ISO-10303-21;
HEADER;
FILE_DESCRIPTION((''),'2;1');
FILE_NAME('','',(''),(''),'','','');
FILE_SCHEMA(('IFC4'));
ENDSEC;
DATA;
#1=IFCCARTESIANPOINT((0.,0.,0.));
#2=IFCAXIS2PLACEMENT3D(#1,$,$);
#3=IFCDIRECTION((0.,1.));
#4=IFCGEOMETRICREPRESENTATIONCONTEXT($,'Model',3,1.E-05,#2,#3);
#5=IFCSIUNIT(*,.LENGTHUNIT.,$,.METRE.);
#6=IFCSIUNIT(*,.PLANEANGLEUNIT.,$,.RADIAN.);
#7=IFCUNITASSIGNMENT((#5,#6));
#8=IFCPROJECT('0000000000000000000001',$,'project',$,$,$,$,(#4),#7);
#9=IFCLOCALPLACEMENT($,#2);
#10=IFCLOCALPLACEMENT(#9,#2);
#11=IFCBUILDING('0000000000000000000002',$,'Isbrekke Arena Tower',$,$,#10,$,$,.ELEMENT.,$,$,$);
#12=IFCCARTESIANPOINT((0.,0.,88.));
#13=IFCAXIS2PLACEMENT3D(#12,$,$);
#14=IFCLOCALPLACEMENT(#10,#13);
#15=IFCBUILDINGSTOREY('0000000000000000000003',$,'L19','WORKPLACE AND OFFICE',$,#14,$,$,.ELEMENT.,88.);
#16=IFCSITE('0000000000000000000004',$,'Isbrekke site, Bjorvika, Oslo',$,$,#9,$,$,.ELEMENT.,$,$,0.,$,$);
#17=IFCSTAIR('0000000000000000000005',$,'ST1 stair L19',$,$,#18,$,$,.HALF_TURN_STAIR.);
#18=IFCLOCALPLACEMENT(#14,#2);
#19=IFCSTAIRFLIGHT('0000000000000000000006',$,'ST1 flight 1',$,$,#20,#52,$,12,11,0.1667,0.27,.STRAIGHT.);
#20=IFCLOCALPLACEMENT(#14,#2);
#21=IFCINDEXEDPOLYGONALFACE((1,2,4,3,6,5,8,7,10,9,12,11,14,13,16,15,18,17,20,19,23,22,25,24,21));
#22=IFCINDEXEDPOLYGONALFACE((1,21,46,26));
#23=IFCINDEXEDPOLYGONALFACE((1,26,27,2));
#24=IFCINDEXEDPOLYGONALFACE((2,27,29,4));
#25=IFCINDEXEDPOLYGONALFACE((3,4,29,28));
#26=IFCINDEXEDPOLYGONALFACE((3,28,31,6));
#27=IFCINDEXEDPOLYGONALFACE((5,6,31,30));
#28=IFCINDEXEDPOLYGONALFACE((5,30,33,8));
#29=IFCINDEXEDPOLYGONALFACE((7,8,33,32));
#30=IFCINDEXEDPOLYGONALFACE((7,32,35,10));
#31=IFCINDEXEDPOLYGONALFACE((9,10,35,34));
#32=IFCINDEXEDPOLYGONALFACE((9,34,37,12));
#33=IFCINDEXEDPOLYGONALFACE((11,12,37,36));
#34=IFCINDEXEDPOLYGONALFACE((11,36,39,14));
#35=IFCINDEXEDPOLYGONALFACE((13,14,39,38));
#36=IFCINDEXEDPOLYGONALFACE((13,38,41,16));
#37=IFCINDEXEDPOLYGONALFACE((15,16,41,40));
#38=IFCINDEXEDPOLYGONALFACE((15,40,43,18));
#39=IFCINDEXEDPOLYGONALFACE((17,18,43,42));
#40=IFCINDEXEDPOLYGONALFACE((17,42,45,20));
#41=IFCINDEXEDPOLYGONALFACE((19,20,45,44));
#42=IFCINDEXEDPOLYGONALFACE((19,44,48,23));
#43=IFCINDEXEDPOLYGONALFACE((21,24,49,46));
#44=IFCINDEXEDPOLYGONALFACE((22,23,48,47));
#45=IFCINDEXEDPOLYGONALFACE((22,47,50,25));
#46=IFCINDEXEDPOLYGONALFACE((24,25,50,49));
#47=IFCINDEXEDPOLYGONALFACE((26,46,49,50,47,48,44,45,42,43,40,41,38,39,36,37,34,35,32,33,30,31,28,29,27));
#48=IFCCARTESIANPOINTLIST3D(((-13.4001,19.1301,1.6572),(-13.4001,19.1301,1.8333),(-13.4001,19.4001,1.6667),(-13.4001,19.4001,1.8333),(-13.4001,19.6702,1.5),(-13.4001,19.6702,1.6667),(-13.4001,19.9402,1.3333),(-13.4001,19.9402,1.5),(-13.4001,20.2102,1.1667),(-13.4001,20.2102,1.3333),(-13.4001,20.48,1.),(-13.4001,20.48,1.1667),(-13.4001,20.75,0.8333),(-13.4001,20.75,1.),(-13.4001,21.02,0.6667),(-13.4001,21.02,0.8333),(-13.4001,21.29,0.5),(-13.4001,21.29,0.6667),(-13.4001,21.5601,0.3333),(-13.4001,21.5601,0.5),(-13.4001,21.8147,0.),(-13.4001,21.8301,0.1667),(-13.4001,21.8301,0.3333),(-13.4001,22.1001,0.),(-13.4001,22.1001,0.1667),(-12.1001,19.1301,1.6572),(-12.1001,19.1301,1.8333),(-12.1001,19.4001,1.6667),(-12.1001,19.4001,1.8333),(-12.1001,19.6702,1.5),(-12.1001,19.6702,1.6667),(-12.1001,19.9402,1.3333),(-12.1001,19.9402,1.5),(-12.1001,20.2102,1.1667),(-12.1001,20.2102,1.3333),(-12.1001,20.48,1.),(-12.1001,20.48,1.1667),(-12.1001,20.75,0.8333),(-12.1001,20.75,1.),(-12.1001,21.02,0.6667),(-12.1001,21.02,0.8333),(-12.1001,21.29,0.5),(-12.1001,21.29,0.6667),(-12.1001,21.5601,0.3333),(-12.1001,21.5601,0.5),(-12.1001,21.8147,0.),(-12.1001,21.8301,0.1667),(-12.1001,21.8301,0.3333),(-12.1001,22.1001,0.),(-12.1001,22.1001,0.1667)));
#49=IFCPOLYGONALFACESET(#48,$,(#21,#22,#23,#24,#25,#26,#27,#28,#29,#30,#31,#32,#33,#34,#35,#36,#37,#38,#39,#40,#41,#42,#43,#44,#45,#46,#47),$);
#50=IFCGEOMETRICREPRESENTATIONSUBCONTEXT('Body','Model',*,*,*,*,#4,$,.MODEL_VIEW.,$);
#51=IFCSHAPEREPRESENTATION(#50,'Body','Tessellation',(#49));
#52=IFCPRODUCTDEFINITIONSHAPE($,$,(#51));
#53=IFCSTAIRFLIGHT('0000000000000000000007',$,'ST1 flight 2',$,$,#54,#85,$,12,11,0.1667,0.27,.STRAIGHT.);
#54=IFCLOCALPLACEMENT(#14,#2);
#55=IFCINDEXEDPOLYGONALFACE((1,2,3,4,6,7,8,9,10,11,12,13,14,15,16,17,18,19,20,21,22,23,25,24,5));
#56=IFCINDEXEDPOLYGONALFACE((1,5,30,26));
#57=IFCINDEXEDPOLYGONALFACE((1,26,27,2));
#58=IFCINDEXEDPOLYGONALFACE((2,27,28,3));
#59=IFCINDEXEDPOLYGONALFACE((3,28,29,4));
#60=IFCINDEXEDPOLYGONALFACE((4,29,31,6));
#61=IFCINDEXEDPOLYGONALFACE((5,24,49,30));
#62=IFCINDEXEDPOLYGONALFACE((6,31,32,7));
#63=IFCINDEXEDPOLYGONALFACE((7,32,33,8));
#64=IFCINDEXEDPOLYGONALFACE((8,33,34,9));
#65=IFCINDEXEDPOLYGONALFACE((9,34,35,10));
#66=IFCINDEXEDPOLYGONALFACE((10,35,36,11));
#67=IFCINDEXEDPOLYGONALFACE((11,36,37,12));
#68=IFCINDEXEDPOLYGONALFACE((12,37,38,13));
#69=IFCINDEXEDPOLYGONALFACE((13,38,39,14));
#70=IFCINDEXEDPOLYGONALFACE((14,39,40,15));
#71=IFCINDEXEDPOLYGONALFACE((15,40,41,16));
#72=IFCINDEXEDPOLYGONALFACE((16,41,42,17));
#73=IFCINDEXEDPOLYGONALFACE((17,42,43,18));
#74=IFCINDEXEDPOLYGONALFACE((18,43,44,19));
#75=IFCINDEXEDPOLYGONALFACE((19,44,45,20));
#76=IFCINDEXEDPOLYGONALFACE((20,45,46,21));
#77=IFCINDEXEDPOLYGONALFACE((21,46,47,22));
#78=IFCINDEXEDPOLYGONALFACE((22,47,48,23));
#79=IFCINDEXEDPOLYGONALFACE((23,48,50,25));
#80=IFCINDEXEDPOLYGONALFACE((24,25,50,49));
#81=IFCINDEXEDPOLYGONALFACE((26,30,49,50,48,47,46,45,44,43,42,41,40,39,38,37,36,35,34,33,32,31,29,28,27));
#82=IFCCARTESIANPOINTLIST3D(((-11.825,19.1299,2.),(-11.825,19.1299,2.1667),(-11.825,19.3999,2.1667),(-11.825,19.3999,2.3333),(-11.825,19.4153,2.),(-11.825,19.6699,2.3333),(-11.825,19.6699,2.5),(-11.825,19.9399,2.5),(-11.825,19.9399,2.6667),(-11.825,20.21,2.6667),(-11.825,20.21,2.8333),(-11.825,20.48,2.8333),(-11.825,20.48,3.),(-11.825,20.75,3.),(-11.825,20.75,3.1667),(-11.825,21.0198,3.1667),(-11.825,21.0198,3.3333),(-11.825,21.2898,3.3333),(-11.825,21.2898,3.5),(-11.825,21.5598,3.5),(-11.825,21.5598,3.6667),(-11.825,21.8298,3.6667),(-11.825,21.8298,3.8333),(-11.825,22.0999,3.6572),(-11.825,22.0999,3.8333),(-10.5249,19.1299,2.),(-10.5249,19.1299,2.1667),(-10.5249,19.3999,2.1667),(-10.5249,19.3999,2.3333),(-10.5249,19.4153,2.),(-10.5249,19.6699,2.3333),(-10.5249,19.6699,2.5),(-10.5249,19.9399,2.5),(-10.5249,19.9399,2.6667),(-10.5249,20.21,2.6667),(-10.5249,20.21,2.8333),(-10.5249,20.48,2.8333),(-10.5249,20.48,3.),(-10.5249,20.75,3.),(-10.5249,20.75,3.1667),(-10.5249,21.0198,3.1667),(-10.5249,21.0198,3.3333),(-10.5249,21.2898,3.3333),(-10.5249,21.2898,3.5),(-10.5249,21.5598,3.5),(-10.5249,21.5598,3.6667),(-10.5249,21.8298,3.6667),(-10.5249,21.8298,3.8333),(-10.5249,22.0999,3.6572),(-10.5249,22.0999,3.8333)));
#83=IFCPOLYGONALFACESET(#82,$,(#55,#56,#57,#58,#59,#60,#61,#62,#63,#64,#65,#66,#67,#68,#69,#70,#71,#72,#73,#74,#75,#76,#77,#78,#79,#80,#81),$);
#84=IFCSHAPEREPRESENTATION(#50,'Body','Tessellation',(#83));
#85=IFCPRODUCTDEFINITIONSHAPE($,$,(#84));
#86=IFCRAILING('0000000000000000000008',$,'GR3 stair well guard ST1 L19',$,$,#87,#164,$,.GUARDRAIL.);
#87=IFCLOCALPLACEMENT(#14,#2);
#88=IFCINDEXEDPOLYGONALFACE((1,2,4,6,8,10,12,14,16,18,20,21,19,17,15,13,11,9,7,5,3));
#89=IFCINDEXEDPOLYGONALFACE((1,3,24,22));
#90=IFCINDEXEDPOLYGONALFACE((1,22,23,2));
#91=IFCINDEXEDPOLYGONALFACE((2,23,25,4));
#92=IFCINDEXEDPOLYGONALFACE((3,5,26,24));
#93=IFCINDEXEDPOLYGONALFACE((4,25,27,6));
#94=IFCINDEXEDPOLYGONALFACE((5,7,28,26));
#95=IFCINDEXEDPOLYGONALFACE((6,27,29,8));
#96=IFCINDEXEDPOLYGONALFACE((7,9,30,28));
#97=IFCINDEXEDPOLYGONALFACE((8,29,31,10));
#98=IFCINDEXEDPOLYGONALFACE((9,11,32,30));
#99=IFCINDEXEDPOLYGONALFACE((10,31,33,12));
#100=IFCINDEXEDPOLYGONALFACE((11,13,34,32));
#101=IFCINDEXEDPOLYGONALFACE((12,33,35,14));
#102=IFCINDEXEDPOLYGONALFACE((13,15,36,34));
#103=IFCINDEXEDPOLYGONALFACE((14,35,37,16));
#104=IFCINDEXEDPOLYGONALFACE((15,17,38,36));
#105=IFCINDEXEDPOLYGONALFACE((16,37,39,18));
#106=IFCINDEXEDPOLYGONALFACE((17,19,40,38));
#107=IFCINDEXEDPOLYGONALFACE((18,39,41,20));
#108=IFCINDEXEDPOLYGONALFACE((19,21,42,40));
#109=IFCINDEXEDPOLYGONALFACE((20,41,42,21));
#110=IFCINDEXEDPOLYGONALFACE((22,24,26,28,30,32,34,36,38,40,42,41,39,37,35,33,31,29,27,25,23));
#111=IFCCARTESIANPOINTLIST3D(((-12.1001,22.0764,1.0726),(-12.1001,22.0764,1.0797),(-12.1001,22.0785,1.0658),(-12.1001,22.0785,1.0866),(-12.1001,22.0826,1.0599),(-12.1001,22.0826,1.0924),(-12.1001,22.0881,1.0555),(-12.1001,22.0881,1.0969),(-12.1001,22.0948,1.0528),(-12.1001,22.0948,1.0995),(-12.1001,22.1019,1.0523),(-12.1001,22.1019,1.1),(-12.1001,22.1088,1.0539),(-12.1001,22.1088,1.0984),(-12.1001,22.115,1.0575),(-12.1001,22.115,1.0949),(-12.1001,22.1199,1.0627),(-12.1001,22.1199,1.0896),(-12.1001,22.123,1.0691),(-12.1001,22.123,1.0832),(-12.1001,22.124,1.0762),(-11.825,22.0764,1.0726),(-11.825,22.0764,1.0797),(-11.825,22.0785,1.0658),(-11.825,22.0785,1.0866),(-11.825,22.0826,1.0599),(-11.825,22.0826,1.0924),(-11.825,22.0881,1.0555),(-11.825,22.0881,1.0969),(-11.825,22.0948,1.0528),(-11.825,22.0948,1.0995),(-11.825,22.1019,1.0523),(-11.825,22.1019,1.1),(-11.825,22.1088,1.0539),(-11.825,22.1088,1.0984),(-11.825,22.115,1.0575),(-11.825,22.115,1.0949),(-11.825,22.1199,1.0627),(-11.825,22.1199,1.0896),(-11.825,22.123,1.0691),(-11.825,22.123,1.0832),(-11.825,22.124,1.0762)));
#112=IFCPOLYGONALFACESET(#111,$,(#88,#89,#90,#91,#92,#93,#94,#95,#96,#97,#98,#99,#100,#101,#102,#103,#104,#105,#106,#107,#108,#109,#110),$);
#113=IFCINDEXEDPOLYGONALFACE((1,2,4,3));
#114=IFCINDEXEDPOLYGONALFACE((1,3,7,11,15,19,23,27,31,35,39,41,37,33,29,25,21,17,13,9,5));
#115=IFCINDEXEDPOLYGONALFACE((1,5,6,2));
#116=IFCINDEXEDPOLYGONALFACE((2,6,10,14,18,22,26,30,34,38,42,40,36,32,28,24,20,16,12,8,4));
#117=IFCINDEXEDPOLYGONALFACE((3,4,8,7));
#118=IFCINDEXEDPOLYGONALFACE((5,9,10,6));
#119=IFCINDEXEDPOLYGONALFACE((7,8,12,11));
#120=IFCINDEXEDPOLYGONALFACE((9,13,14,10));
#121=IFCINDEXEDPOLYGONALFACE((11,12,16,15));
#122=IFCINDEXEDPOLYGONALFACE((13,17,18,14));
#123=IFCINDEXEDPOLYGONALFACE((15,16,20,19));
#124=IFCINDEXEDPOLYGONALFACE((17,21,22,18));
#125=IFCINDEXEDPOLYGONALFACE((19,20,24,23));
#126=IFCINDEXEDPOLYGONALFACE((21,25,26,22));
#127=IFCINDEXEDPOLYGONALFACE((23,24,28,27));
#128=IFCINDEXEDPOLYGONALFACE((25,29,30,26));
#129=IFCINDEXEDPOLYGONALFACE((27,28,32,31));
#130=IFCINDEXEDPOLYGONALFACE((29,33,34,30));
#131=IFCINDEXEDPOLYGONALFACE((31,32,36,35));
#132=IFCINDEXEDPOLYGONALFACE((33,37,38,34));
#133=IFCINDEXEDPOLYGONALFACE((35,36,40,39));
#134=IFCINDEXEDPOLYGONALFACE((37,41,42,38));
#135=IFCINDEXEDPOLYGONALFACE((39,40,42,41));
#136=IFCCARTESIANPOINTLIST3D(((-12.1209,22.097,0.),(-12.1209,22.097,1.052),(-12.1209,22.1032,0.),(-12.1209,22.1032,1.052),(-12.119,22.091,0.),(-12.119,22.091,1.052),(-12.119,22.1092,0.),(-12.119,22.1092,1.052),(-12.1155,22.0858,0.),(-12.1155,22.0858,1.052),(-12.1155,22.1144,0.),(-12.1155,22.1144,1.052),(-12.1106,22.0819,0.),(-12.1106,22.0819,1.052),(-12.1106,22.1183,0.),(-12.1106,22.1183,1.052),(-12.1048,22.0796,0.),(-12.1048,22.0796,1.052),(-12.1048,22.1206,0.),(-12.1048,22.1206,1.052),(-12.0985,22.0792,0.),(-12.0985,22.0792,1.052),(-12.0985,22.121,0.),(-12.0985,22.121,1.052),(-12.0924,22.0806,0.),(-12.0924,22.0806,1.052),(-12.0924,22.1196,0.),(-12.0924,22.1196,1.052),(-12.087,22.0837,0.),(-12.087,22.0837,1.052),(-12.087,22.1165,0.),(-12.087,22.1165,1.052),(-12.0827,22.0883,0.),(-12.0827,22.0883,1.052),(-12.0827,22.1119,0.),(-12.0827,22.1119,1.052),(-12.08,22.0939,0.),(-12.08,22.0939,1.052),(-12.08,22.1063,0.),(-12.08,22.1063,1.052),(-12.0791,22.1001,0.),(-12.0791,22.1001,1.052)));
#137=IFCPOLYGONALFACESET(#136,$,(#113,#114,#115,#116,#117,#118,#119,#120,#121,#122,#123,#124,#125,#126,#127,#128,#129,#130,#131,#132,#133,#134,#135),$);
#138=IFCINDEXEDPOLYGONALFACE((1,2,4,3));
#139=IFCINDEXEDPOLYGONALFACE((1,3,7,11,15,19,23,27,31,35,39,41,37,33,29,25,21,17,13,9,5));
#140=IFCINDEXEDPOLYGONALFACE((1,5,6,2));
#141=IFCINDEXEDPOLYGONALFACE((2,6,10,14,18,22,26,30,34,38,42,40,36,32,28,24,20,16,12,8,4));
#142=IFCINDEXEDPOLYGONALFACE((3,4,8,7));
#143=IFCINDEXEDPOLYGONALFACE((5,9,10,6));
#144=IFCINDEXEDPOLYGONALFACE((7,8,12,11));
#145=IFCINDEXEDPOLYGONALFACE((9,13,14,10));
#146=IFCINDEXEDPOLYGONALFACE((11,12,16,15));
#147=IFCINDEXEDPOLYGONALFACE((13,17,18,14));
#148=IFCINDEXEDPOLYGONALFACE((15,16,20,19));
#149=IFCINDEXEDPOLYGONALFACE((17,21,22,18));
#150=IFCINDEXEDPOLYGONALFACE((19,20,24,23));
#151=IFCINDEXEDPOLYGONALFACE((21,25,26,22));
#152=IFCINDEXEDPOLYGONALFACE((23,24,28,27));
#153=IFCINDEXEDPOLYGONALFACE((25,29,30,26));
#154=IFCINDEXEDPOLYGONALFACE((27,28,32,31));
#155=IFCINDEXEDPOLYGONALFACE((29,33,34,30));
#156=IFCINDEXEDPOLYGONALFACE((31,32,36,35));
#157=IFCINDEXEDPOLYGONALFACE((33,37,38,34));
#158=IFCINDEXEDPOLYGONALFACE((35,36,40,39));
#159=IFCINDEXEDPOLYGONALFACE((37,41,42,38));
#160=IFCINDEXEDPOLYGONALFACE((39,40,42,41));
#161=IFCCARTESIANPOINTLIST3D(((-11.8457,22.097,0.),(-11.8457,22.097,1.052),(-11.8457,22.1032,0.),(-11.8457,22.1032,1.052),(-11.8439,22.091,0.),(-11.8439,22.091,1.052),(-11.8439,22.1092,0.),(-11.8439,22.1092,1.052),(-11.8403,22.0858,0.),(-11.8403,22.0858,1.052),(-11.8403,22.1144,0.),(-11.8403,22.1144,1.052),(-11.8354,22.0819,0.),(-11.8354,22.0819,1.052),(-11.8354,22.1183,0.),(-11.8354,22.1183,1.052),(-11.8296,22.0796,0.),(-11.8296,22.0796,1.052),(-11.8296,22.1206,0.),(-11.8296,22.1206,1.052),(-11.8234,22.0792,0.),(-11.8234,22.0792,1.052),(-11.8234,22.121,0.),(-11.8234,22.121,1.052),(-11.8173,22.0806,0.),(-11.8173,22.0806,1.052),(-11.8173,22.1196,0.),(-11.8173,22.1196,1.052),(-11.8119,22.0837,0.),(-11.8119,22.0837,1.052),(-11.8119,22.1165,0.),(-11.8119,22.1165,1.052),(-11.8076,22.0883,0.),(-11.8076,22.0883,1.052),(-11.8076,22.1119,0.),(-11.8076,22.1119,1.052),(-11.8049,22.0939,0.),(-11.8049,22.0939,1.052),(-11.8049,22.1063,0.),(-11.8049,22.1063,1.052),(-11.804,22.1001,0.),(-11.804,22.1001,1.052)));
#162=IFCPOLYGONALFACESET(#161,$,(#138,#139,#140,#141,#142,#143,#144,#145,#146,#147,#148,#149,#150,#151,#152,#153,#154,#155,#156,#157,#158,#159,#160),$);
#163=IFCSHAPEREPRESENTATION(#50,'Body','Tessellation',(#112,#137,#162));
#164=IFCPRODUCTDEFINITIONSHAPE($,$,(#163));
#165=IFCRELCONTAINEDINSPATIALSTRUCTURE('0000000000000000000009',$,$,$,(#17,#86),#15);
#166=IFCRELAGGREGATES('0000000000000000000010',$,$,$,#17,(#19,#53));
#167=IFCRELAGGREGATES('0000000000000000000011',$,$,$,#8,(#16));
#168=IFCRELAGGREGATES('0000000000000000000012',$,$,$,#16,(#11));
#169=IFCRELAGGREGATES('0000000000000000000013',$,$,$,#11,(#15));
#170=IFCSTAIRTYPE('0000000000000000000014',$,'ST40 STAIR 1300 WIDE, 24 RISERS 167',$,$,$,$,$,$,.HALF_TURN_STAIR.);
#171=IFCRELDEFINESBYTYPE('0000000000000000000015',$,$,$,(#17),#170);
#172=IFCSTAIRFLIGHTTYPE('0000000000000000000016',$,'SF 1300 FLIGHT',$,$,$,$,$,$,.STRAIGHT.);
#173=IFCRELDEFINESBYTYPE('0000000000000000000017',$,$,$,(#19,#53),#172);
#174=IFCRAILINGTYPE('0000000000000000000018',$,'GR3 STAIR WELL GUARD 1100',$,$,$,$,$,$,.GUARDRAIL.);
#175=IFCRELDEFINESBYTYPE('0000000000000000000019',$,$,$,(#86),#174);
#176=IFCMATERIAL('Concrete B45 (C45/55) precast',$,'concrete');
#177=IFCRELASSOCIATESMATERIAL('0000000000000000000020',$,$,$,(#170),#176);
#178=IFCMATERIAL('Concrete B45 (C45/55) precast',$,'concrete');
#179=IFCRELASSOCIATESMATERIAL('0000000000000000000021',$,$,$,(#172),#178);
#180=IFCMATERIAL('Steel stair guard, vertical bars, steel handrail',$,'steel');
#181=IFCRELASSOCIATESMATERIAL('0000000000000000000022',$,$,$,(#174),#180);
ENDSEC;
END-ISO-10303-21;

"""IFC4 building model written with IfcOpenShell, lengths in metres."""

from ifc_helpers import new_model, si_unit, direction, frame, origin, origin_2d, place, context, subcontext, project, spatial, polyline, circle, outline, extrude, material, type_object, element, aggregate, save


model = new_model("IFC4")

# Units and contexts
model_context = context("Model", 3, precision=1e-05, world=origin(), true_north=direction((0.0, 1.0)))
body_context = subcontext(model_context, "Body", "Model", "MODEL_VIEW")
ifc_project = project(units=[si_unit("LENGTHUNIT", "METRE"), si_unit("PLANEANGLEUNIT", "RADIAN")], contexts=[model_context])

# Site, building, storey
site_placement = place(None, origin())
site = spatial("IfcSite", under=ifc_project, at=site_placement, Name="Isbrekke site, Bjorvika, Oslo", CompositionType="ELEMENT", RefElevation=0.0)
building_placement = place(site_placement, origin())
building = spatial("IfcBuilding", under=site, at=building_placement, Name="Isbrekke Arena Tower", CompositionType="ELEMENT")
storey_placement = place(building_placement, frame((0.0, 0.0, 88.0)))
storey = spatial("IfcBuildingStorey", under=building, at=storey_placement, Name="L19", Description="WORKPLACE AND OFFICE", CompositionType="ELEMENT", Elevation=88.0)

# Stair, stair flights
ifc_material_1 = material(Name="Concrete B45 (C45/55) precast", Category="concrete")
stair_type = type_object("IfcStairType", Name="ST40 STAIR 1300 WIDE, 24 RISERS 167", PredefinedType="HALF_TURN_STAIR", material=ifc_material_1)
stair_placement = place(storey_placement, origin())
stair = element("IfcStair", 1, at=stair_placement, inside=storey, type_object=stair_type, Name="ST1 stair L19", PredefinedType="HALF_TURN_STAIR")
ifc_material_2 = material(Name="Concrete B45 (C45/55) precast", Category="concrete")
stair_flight_type = type_object("IfcStairFlightType", Name="SF 1300 FLIGHT", PredefinedType="STRAIGHT", material=ifc_material_2)
stair_flight_1_placement = place(storey_placement, frame((-12.75, 22.1001, 0.0), z_axis=(0.0, 0.0, 1.0), x_axis=(0.0, -1.0, 0.0)))
stair_flight_1 = element("IfcStairFlight", 2, at=stair_flight_1_placement, type_object=stair_flight_type, Name="ST1 flight 1", NumberOfRisers=12, NumberOfTreads=11, PredefinedType="STRAIGHT", RiserHeight=0.1667, TreadLength=0.27, context=body_context, shape_type="SweptSolid", body=[
    extrude(outline(polyline([(0.0, 0.0), (0.0, 0.1667), (0.27, 0.1667), (0.27, 0.3333), (0.54, 0.3333), (0.54, 0.5), (0.8101, 0.5), (0.8101, 0.6667), (1.0801, 0.6667), (1.0801, 0.8333), (1.3501, 0.8333), (1.3501, 1.0), (1.6201, 1.0), (1.6201, 1.1667), (1.8899, 1.1667), (1.8899, 1.3333), (2.1599, 1.3333), (2.1599, 1.5), (2.4299, 1.5), (2.4299, 1.6667), (2.7, 1.6667), (2.7, 1.8333), (2.97, 1.8333), (2.97, 2.0), (2.97, 1.6572), (0.2854, 0.0), (0.0, 0.0)])), frame((0.0, 0.6499, 0.0), z_axis=(0.0, -1.0, 0.0), x_axis=(1.0, 0.0, 0.0)), (0.0, 0.0, 1.0), 1.3),
])
stair_flight_2_placement = place(storey_placement, frame((-11.175, 19.1299, 2.0), z_axis=(0.0, 0.0, 1.0), x_axis=(0.0, 1.0, 0.0)))
stair_flight_2 = element("IfcStairFlight", 3, at=stair_flight_2_placement, type_object=stair_flight_type, Name="ST1 flight 2", NumberOfRisers=12, NumberOfTreads=11, PredefinedType="STRAIGHT", RiserHeight=0.1667, TreadLength=0.27, context=body_context, shape_type="SweptSolid", body=[
    extrude(outline(polyline([(0.0, 0.0), (0.0, 0.1667), (0.27, 0.1667), (0.27, 0.3333), (0.54, 0.3333), (0.54, 0.5), (0.8101, 0.5), (0.8101, 0.6667), (1.0801, 0.6667), (1.0801, 0.8333), (1.3501, 0.8333), (1.3501, 1.0), (1.6201, 1.0), (1.6201, 1.1667), (1.8899, 1.1667), (1.8899, 1.3333), (2.1599, 1.3333), (2.1599, 1.5), (2.4299, 1.5), (2.4299, 1.6667), (2.7, 1.6667), (2.7, 1.8333), (2.97, 1.8333), (2.97, 2.0), (2.97, 1.6572), (0.2854, 0.0), (0.0, 0.0)])), frame((0.0, 0.6499, 0.0), z_axis=(0.0, -1.0, 0.0), x_axis=(1.0, 0.0, 0.0)), (0.0, 0.0, 1.0), 1.3),
])
aggregate(stair, [stair_flight_1, stair_flight_2])

# Railing
ifc_material_3 = material(Name="Steel stair guard, vertical bars, steel handrail", Category="steel")
railing_type = type_object("IfcRailingType", Name="GR3 STAIR WELL GUARD 1100", PredefinedType="GUARDRAIL", material=ifc_material_3)
for number, where, name in (
    (4, (-12.1001, 22.1001, 0.0), "GR3 stair well guard ST1 L19"),
):
    element("IfcRailing", number, at=place(storey_placement, frame(where)), inside=storey, type_object=railing_type, Name=name, PredefinedType="GUARDRAIL", context=body_context, shape_type="SweptSolid", body=[
        extrude(circle(Radius=0.0239, at=origin_2d()), frame((0.0, 0.0, 1.0762), z_axis=(1.0, 0.0, 0.0), x_axis=(0.0, 1.0, 0.0)), (0.0, 0.0, 1.0), 0.2751),
        extrude(circle(Radius=0.021, at=origin_2d()), origin(), (0.0, 0.0, 1.0), 1.052),
        extrude(circle(Radius=0.021, at=origin_2d()), frame((0.2751, 0.0, 0.0)), (0.0, 0.0, 1.0), 1.052),
    ])

save(model, "model.ifc")
